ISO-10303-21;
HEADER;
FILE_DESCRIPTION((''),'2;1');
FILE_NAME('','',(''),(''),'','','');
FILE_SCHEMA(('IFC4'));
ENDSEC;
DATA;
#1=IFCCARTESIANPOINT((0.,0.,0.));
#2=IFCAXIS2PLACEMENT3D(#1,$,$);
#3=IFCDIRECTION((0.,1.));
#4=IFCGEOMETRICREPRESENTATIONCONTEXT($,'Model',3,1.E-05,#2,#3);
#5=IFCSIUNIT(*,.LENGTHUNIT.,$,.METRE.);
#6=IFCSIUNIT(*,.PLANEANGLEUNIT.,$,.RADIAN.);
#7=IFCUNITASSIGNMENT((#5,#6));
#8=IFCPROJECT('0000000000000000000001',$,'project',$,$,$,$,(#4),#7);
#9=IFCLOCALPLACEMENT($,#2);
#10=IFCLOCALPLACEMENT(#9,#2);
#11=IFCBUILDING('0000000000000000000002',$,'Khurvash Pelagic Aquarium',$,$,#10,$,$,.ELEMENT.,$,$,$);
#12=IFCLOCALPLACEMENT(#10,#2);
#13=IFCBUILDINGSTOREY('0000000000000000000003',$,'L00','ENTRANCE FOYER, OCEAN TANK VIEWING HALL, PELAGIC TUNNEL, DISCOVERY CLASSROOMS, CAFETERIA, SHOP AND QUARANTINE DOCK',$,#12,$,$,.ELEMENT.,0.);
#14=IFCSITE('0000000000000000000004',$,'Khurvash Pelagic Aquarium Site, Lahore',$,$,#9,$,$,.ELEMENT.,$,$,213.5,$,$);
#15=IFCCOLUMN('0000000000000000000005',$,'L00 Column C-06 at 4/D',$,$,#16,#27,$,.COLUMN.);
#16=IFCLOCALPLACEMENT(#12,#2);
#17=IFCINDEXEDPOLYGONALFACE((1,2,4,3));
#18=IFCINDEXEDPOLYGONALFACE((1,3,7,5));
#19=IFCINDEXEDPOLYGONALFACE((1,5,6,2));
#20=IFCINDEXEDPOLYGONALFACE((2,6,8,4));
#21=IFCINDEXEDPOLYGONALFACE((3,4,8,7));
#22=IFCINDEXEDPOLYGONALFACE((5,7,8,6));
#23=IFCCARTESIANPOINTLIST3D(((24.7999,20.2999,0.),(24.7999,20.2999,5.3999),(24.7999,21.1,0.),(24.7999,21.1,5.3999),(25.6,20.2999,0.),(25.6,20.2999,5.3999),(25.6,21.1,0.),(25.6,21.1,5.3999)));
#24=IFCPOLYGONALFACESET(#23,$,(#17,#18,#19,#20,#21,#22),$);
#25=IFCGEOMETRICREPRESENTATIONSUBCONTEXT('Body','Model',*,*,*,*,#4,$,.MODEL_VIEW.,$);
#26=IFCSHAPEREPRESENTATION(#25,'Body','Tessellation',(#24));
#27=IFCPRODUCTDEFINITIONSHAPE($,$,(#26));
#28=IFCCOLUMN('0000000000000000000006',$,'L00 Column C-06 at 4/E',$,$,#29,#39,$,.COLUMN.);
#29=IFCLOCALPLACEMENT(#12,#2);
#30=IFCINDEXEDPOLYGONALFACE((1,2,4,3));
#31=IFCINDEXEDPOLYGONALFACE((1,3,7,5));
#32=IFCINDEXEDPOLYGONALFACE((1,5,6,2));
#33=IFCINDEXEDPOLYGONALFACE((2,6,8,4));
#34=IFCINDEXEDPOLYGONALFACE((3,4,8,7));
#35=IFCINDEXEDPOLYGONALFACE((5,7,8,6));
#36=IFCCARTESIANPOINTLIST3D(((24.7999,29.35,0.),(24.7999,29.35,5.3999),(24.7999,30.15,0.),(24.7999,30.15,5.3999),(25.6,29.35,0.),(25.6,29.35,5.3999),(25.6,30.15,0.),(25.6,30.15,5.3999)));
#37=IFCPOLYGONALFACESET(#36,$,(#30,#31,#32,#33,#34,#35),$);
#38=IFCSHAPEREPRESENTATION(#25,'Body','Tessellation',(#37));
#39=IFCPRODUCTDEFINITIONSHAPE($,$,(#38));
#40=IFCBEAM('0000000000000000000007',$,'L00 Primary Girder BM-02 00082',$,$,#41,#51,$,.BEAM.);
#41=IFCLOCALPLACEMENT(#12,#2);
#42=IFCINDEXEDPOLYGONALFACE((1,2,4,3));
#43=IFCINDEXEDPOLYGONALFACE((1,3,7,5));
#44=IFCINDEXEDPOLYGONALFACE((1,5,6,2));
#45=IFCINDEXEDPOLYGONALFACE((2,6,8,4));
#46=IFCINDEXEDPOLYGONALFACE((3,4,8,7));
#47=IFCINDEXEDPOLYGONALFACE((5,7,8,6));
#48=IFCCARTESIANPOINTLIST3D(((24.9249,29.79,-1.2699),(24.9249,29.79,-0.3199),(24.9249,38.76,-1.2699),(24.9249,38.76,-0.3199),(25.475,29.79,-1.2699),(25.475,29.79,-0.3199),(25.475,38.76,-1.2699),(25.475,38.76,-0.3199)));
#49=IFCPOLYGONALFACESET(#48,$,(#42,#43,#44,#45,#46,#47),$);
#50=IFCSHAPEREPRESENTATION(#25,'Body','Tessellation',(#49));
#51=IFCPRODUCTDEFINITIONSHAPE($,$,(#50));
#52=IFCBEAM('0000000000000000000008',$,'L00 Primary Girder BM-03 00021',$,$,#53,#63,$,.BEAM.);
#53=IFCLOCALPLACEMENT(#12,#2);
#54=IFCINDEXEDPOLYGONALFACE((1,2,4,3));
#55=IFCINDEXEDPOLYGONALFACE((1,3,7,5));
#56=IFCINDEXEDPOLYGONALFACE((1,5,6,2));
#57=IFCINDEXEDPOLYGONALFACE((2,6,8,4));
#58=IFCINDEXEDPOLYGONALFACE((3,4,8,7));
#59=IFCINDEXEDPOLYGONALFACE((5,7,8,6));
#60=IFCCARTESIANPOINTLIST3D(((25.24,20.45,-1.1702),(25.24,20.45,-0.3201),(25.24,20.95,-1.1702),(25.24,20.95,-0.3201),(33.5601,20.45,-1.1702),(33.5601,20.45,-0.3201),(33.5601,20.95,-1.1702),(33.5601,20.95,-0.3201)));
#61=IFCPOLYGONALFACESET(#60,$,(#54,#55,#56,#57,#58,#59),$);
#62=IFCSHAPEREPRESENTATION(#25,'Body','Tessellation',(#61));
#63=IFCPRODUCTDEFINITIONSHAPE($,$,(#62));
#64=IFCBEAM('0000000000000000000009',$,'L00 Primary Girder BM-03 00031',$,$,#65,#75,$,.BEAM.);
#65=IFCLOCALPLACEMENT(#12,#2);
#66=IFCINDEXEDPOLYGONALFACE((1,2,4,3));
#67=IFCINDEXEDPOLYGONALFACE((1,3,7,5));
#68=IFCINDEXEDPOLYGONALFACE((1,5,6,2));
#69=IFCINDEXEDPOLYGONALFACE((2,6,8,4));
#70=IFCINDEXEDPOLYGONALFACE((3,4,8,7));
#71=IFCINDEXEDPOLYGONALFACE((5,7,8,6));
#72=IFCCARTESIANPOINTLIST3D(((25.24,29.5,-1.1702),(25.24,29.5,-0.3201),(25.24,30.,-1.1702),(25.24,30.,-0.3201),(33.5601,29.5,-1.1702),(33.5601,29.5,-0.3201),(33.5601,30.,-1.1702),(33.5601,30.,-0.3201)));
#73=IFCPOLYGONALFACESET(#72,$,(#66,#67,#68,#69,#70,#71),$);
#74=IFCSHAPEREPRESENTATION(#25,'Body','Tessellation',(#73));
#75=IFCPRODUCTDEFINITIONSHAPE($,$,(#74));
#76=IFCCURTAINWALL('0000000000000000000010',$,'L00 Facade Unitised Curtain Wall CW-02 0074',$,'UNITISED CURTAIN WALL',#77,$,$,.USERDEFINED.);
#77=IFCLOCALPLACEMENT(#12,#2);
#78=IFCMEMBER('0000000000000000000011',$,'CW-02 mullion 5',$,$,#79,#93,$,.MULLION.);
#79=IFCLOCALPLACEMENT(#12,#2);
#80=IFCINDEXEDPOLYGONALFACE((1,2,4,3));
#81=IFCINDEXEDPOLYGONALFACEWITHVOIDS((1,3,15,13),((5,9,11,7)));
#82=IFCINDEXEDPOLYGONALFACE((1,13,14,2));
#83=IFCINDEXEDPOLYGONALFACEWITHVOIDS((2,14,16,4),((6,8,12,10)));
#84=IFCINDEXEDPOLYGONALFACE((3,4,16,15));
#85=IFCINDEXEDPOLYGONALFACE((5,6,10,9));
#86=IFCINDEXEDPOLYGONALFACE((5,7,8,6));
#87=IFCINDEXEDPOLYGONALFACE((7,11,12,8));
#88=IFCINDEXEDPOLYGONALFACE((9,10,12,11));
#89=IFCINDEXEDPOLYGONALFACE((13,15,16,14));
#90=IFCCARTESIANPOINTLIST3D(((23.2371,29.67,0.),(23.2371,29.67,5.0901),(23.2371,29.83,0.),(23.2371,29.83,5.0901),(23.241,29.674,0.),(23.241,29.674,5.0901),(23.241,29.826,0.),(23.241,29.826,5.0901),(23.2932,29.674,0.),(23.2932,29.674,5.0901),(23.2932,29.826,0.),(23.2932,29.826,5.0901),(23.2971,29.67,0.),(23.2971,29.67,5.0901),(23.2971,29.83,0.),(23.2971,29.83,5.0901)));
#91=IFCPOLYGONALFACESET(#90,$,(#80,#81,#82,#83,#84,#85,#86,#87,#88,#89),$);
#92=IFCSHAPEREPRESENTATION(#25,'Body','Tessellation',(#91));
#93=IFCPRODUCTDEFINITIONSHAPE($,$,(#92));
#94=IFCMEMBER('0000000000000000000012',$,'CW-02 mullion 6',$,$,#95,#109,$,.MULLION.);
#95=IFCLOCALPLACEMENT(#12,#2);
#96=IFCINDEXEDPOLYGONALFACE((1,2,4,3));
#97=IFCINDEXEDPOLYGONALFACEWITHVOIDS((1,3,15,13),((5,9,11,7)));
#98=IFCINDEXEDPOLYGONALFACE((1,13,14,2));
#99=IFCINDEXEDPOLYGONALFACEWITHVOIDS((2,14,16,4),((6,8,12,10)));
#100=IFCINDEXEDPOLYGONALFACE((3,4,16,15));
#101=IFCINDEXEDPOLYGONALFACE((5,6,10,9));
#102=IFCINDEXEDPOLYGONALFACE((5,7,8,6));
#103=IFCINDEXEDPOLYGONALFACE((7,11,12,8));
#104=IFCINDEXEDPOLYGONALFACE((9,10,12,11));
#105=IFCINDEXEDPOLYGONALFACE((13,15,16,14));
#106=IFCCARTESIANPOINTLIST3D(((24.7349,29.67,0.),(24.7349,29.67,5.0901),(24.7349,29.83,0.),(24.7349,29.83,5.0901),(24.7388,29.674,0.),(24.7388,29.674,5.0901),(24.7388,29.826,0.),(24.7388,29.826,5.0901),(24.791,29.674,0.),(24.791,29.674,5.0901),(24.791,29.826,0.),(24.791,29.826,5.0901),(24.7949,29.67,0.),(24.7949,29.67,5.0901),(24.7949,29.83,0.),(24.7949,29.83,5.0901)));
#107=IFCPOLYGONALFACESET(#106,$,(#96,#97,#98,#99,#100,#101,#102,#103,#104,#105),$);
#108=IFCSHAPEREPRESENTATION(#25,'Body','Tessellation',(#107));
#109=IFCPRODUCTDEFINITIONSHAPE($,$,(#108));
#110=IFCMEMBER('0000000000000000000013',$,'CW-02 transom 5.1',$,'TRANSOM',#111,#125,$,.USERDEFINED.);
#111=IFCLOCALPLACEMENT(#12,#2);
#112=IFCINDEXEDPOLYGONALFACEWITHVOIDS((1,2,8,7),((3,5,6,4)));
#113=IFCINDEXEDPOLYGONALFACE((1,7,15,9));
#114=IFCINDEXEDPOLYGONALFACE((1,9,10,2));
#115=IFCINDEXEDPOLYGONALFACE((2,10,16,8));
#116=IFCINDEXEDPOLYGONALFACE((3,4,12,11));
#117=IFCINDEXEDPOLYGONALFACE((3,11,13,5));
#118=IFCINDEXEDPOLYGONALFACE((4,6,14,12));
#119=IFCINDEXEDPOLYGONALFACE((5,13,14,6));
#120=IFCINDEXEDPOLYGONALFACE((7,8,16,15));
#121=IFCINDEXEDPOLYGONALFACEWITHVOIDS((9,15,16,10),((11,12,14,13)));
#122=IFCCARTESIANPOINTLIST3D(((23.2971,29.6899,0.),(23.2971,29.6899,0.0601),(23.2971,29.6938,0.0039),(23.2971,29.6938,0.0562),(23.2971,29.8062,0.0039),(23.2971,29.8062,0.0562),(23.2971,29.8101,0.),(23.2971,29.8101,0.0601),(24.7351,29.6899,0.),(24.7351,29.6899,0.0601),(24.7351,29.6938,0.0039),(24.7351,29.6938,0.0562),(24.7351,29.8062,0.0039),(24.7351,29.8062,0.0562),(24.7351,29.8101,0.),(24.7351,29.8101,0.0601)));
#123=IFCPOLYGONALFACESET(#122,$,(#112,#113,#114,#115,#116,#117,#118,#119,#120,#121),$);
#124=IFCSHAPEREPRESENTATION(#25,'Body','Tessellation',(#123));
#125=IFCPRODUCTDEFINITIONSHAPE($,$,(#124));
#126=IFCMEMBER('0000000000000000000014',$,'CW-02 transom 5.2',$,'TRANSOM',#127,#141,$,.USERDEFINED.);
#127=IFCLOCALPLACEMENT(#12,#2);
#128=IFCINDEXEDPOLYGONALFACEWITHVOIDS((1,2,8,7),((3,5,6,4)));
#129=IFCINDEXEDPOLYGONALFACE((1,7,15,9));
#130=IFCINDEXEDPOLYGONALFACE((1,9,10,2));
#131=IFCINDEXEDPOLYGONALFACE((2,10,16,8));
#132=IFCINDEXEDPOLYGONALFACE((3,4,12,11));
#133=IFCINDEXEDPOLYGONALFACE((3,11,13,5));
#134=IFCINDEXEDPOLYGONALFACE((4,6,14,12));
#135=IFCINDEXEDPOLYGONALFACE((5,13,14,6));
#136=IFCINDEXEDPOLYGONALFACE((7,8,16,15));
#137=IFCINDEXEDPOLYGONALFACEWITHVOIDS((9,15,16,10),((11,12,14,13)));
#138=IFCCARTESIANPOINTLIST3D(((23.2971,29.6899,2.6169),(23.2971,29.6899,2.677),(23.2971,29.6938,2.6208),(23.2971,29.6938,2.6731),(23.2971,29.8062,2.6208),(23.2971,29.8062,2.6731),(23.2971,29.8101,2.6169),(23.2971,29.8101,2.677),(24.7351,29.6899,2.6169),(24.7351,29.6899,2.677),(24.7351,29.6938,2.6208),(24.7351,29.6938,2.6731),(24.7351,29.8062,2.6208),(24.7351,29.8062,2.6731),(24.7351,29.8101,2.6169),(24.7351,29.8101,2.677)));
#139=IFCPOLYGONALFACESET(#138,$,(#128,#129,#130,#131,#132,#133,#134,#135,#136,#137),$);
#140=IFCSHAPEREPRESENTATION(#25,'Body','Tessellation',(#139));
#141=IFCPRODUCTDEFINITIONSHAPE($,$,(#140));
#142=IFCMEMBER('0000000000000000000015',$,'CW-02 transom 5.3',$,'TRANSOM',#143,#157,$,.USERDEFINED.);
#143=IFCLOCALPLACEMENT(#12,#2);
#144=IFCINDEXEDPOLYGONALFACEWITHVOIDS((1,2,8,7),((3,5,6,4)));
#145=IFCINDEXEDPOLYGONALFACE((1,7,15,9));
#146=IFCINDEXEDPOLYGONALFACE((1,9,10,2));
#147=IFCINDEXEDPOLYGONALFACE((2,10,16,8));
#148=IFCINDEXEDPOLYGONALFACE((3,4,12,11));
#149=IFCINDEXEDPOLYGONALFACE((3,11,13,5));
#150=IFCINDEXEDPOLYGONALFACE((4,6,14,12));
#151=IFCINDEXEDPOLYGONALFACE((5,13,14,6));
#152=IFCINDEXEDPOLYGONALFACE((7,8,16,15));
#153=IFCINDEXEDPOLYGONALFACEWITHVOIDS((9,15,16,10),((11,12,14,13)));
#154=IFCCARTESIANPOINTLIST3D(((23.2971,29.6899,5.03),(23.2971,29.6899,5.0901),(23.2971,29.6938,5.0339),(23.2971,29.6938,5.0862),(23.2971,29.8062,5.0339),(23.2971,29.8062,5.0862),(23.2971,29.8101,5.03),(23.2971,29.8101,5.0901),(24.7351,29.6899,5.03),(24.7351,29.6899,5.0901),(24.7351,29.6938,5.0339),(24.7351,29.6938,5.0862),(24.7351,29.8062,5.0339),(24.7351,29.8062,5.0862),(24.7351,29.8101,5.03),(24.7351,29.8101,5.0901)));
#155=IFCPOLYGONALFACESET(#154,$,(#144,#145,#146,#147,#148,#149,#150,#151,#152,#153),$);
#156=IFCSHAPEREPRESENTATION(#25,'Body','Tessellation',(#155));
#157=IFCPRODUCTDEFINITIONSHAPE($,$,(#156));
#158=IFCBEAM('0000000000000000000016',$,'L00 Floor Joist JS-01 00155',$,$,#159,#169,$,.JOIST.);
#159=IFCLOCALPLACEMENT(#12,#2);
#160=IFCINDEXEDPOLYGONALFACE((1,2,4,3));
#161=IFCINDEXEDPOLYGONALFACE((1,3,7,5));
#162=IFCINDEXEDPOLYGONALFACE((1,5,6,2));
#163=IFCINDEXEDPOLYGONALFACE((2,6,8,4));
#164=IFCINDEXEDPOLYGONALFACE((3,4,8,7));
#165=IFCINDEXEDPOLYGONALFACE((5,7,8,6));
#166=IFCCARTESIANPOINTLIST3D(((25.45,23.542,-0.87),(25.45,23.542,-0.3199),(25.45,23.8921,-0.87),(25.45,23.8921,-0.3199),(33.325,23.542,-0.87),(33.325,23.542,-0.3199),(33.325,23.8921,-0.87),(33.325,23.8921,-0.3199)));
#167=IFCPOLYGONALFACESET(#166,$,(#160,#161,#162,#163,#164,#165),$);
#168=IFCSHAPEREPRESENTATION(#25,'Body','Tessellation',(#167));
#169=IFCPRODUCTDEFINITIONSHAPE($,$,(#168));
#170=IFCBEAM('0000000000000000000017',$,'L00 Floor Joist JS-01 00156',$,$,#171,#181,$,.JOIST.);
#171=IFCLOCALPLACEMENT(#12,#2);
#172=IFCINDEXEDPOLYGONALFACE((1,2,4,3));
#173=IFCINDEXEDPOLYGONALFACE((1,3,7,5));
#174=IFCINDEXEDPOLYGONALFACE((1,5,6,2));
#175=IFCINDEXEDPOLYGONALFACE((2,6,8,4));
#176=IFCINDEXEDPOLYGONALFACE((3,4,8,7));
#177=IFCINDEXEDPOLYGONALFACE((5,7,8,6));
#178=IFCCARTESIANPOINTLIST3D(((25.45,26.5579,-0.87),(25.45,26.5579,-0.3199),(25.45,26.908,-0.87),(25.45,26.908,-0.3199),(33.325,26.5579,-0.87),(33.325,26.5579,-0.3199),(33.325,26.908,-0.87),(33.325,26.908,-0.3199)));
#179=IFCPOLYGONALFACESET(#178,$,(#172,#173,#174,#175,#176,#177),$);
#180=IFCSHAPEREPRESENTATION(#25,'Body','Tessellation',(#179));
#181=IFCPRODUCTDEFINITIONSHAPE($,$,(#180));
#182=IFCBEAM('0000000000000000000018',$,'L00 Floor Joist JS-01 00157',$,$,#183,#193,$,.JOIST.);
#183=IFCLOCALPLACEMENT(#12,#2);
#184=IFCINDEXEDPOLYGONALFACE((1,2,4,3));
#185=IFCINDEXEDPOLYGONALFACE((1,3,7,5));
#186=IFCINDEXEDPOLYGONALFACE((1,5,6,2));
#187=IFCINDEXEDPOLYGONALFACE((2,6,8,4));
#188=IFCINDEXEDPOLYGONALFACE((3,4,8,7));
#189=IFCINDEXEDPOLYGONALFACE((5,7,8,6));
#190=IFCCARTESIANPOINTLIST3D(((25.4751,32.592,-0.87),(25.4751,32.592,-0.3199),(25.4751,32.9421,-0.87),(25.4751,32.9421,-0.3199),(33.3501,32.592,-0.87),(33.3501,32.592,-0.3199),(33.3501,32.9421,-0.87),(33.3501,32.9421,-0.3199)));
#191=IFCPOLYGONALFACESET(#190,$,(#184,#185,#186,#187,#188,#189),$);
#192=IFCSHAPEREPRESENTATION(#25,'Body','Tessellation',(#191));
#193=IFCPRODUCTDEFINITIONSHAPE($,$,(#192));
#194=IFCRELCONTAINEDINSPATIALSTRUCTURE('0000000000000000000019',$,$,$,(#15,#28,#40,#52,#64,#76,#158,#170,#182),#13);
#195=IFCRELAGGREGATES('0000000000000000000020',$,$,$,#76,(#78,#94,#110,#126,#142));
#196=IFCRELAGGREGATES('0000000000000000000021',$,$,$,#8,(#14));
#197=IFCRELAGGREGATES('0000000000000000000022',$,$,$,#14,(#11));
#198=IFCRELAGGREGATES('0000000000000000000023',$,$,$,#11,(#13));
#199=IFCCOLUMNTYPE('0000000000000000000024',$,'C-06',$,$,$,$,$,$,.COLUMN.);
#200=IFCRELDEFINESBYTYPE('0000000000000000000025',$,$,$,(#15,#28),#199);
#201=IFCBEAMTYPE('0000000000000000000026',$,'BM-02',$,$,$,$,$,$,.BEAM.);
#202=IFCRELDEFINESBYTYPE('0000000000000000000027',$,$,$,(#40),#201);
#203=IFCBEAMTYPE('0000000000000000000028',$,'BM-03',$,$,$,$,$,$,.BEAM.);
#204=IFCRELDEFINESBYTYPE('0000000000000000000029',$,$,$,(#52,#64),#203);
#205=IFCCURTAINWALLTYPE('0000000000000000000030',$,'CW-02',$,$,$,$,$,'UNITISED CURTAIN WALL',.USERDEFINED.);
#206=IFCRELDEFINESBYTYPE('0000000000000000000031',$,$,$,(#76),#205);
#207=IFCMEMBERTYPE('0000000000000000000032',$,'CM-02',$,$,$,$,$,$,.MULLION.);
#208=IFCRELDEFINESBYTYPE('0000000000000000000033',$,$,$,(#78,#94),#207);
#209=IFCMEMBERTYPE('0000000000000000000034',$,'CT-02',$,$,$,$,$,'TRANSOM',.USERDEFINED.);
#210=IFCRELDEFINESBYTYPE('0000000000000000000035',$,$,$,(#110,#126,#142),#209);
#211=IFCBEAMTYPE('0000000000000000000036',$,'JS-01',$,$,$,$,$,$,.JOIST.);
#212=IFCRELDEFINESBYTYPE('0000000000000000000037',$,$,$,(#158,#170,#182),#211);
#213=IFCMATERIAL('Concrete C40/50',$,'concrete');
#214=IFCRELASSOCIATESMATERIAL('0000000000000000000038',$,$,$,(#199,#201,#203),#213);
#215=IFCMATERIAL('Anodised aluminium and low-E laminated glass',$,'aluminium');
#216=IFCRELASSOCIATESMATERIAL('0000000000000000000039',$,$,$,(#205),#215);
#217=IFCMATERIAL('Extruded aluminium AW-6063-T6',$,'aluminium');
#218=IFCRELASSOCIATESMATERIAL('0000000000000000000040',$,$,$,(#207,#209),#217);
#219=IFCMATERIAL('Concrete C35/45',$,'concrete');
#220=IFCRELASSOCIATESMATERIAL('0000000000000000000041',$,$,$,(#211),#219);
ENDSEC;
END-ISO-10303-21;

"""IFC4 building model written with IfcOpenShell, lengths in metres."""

from ifc_helpers import new_model, si_unit, direction, frame, origin, origin_2d, place, context, subcontext, project, spatial, rectangle, hollow_rectangle, extrude, material, material_profile, profile_set, type_object, element, aggregate, save


model = new_model("IFC4")

# Units and contexts
model_context = context("Model", 3, precision=1e-05, world=origin(), true_north=direction((0.0, 1.0)))
body_context = subcontext(model_context, "Body", "Model", "MODEL_VIEW")
ifc_project = project(units=[si_unit("LENGTHUNIT", "METRE"), si_unit("PLANEANGLEUNIT", "RADIAN")], contexts=[model_context])

# Site, building, storey
site_placement = place(None, origin())
site = spatial("IfcSite", under=ifc_project, at=site_placement, Name="Khurvash Pelagic Aquarium Site, Lahore", CompositionType="ELEMENT", RefElevation=213.5)
building_placement = place(site_placement, origin())
building = spatial("IfcBuilding", under=site, at=building_placement, Name="Khurvash Pelagic Aquarium", CompositionType="ELEMENT")
storey_placement = place(building_placement, origin())
storey = spatial("IfcBuildingStorey", under=building, at=storey_placement, Name="L00", Description="ENTRANCE FOYER, OCEAN TANK VIEWING HALL, PELAGIC TUNNEL, DISCOVERY CLASSROOMS, CAFETERIA, SHOP AND QUARANTINE DOCK", CompositionType="ELEMENT", Elevation=0.0)

# Columns
ifc_material_1 = material(Name="Concrete C40/50", Category="concrete")
ifc_material_profile_1 = material_profile(ifc_material_1, rectangle(XDim=0.8, YDim=0.8, at=origin_2d()), Name="RC800X800")
ifc_profile_set_1 = profile_set([ifc_material_profile_1], Name="Concrete C40/50")
column_type = type_object("IfcColumnType", Name="C-06", PredefinedType="COLUMN", material=ifc_profile_set_1)
for number, where, z_axis, x_axis, name in (
    (1, (25.2, 20.7, 0.0), (0.0, 0.0, 1.0), (1.0, 0.0, 0.0), "L00 Column C-06 at 4/D"),
    (2, (25.2, 29.75, 0.0), (0.0, 0.0, 1.0), (1.0, 0.0, 0.0), "L00 Column C-06 at 4/E"),
):
    element("IfcColumn", number, at=place(storey_placement, frame(where, z_axis=z_axis, x_axis=x_axis)), inside=storey, type_object=column_type, Name=name, PredefinedType="COLUMN", context=body_context, shape_type="SweptSolid", body=[
        extrude(rectangle(XDim=0.8, YDim=0.8, at=origin_2d()), origin(), (0.0, 0.0, 1.0), 5.3999),
    ])

# Beams
ifc_material_profile_2 = material_profile(ifc_material_1, rectangle(XDim=0.55, YDim=0.95, at=origin_2d()), Name="RC550X950")
ifc_profile_set_2 = profile_set([ifc_material_profile_2], Name="Concrete C40/50")
beam_type_1 = type_object("IfcBeamType", Name="BM-02", PredefinedType="BEAM", material=ifc_profile_set_2)
beam_1_placement = place(storey_placement, frame((25.2, 29.79, -0.7949), z_axis=(0.0, 1.0, 0.0), x_axis=(-1.0, 0.0, 0.0)))
element("IfcBeam", 3, at=beam_1_placement, inside=storey, type_object=beam_type_1, Name="L00 Primary Girder BM-02 00082", PredefinedType="BEAM", context=body_context, shape_type="SweptSolid", body=[
    extrude(rectangle(XDim=0.55, YDim=0.95, at=origin_2d()), origin(), (0.0, 0.0, 1.0), 8.97),
])
ifc_material_profile_3 = material_profile(ifc_material_1, rectangle(XDim=0.5, YDim=0.8501, at=origin_2d()), Name="RC500X850")
ifc_profile_set_3 = profile_set([ifc_material_profile_3], Name="Concrete C40/50")
beam_type_2 = type_object("IfcBeamType", Name="BM-03", PredefinedType="BEAM", material=ifc_profile_set_3)
for number, where, z_axis, x_axis, name in (
    (4, (25.24, 20.7, -0.7451), (1.0, 0.0, 0.0), (0.0, 1.0, 0.0), "L00 Primary Girder BM-03 00021"),
    (5, (25.24, 29.75, -0.7451), (1.0, 0.0, 0.0), (0.0, 1.0, 0.0), "L00 Primary Girder BM-03 00031"),
):
    element("IfcBeam", number, at=place(storey_placement, frame(where, z_axis=z_axis, x_axis=x_axis)), inside=storey, type_object=beam_type_2, Name=name, PredefinedType="BEAM", context=body_context, shape_type="SweptSolid", body=[
        extrude(rectangle(XDim=0.5, YDim=0.8501, at=origin_2d()), origin(), (0.0, 0.0, 1.0), 8.3201),
    ])

# Curtain wall, members
ifc_material_2 = material(Name="Anodised aluminium and low-E laminated glass", Category="aluminium")
curtain_wall_type = type_object("IfcCurtainWallType", Name="CW-02", ElementType="UNITISED CURTAIN WALL", PredefinedType="USERDEFINED", material=ifc_material_2)
curtain_wall_placement = place(storey_placement, origin())
curtain_wall = element("IfcCurtainWall", 6, at=curtain_wall_placement, inside=storey, type_object=curtain_wall_type, Name="L00 Facade Unitised Curtain Wall CW-02 0074", ObjectType="UNITISED CURTAIN WALL", PredefinedType="USERDEFINED")
ifc_material_3 = material(Name="Extruded aluminium AW-6063-T6", Category="aluminium")
ifc_material_profile_4 = material_profile(ifc_material_3, hollow_rectangle(XDim=0.0601, YDim=0.1599, WallThickness=0.0039, at=origin_2d()), Name="CWM60X160X4")
ifc_profile_set_4 = profile_set([ifc_material_profile_4], Name="Extruded aluminium AW-6063-T6")
member_type_1 = type_object("IfcMemberType", Name="CM-02", PredefinedType="MULLION", material=ifc_profile_set_4)
member_1_placement = place(storey_placement, frame((23.2671, 29.75, 0.0), z_axis=(0.0, 0.0, 1.0), x_axis=(1.0, 0.0, 0.0)))
member_1 = element("IfcMember", 7, at=member_1_placement, type_object=member_type_1, Name="CW-02 mullion 5", PredefinedType="MULLION", context=body_context, shape_type="SweptSolid", body=[
    extrude(hollow_rectangle(XDim=0.0601, YDim=0.1599, WallThickness=0.0039, at=origin_2d()), origin(), (0.0, 0.0, 1.0), 5.0901),
])
member_2_placement = place(storey_placement, frame((24.7649, 29.75, 0.0), z_axis=(0.0, 0.0, 1.0), x_axis=(1.0, 0.0, 0.0)))
member_2 = element("IfcMember", 8, at=member_2_placement, type_object=member_type_1, Name="CW-02 mullion 6", PredefinedType="MULLION", context=body_context, shape_type="SweptSolid", body=[
    extrude(hollow_rectangle(XDim=0.0601, YDim=0.1599, WallThickness=0.0039, at=origin_2d()), origin(), (0.0, 0.0, 1.0), 5.0901),
])
ifc_material_profile_5 = material_profile(ifc_material_3, hollow_rectangle(XDim=0.1201, YDim=0.0601, WallThickness=0.0039, at=origin_2d()), Name="CWT120X60X4")
ifc_profile_set_5 = profile_set([ifc_material_profile_5], Name="Extruded aluminium AW-6063-T6")
member_type_2 = type_object("IfcMemberType", Name="CT-02", ElementType="TRANSOM", PredefinedType="USERDEFINED", material=ifc_profile_set_5)
member_3_placement = place(storey_placement, frame((23.2971, 29.75, 0.03), z_axis=(1.0, 0.0, 0.0), x_axis=(0.0, 1.0, 0.0)))
member_3 = element("IfcMember", 9, at=member_3_placement, type_object=member_type_2, Name="CW-02 transom 5.1", ObjectType="TRANSOM", PredefinedType="USERDEFINED", context=body_context, shape_type="SweptSolid", body=[
    extrude(hollow_rectangle(XDim=0.1201, YDim=0.0601, WallThickness=0.0039, at=origin_2d()), origin(), (0.0, 0.0, 1.0), 1.438),
])
member_4_placement = place(storey_placement, frame((23.2971, 29.75, 2.647), z_axis=(1.0, 0.0, 0.0), x_axis=(0.0, 1.0, 0.0)))
member_4 = element("IfcMember", 10, at=member_4_placement, type_object=member_type_2, Name="CW-02 transom 5.2", ObjectType="TRANSOM", PredefinedType="USERDEFINED", context=body_context, shape_type="SweptSolid", body=[
    extrude(hollow_rectangle(XDim=0.1201, YDim=0.0601, WallThickness=0.0039, at=origin_2d()), origin(), (0.0, 0.0, 1.0), 1.438),
])
member_5_placement = place(storey_placement, frame((23.2971, 29.75, 5.0601), z_axis=(1.0, 0.0, 0.0), x_axis=(0.0, 1.0, 0.0)))
member_5 = element("IfcMember", 11, at=member_5_placement, type_object=member_type_2, Name="CW-02 transom 5.3", ObjectType="TRANSOM", PredefinedType="USERDEFINED", context=body_context, shape_type="SweptSolid", body=[
    extrude(hollow_rectangle(XDim=0.1201, YDim=0.0601, WallThickness=0.0039, at=origin_2d()), origin(), (0.0, 0.0, 1.0), 1.438),
])

# Beams
ifc_material_4 = material(Name="Concrete C35/45", Category="concrete")
ifc_material_profile_6 = material_profile(ifc_material_4, rectangle(XDim=0.3501, YDim=0.55, at=origin_2d()), Name="RC350X550")
ifc_profile_set_6 = profile_set([ifc_material_profile_6], Name="Concrete C35/45")
beam_type_3 = type_object("IfcBeamType", Name="JS-01", PredefinedType="JOIST", material=ifc_profile_set_6)
for number, where, z_axis, x_axis, name in (
    (12, (25.45, 23.717, -0.595), (1.0, 0.0, 0.0), (0.0, 1.0, 0.0), "L00 Floor Joist JS-01 00155"),
    (13, (25.45, 26.7329, -0.595), (1.0, 0.0, 0.0), (0.0, 1.0, 0.0), "L00 Floor Joist JS-01 00156"),
    (14, (25.4751, 32.7671, -0.595), (1.0, 0.0, 0.0), (0.0, 1.0, 0.0), "L00 Floor Joist JS-01 00157"),
):
    element("IfcBeam", number, at=place(storey_placement, frame(where, z_axis=z_axis, x_axis=x_axis)), inside=storey, type_object=beam_type_3, Name=name, PredefinedType="JOIST", context=body_context, shape_type="SweptSolid", body=[
        extrude(rectangle(XDim=0.3501, YDim=0.55, at=origin_2d()), origin(), (0.0, 0.0, 1.0), 7.875),
    ])

aggregate(curtain_wall, [member_1, member_2, member_3, member_4, member_5])

save(model, "model.ifc")
